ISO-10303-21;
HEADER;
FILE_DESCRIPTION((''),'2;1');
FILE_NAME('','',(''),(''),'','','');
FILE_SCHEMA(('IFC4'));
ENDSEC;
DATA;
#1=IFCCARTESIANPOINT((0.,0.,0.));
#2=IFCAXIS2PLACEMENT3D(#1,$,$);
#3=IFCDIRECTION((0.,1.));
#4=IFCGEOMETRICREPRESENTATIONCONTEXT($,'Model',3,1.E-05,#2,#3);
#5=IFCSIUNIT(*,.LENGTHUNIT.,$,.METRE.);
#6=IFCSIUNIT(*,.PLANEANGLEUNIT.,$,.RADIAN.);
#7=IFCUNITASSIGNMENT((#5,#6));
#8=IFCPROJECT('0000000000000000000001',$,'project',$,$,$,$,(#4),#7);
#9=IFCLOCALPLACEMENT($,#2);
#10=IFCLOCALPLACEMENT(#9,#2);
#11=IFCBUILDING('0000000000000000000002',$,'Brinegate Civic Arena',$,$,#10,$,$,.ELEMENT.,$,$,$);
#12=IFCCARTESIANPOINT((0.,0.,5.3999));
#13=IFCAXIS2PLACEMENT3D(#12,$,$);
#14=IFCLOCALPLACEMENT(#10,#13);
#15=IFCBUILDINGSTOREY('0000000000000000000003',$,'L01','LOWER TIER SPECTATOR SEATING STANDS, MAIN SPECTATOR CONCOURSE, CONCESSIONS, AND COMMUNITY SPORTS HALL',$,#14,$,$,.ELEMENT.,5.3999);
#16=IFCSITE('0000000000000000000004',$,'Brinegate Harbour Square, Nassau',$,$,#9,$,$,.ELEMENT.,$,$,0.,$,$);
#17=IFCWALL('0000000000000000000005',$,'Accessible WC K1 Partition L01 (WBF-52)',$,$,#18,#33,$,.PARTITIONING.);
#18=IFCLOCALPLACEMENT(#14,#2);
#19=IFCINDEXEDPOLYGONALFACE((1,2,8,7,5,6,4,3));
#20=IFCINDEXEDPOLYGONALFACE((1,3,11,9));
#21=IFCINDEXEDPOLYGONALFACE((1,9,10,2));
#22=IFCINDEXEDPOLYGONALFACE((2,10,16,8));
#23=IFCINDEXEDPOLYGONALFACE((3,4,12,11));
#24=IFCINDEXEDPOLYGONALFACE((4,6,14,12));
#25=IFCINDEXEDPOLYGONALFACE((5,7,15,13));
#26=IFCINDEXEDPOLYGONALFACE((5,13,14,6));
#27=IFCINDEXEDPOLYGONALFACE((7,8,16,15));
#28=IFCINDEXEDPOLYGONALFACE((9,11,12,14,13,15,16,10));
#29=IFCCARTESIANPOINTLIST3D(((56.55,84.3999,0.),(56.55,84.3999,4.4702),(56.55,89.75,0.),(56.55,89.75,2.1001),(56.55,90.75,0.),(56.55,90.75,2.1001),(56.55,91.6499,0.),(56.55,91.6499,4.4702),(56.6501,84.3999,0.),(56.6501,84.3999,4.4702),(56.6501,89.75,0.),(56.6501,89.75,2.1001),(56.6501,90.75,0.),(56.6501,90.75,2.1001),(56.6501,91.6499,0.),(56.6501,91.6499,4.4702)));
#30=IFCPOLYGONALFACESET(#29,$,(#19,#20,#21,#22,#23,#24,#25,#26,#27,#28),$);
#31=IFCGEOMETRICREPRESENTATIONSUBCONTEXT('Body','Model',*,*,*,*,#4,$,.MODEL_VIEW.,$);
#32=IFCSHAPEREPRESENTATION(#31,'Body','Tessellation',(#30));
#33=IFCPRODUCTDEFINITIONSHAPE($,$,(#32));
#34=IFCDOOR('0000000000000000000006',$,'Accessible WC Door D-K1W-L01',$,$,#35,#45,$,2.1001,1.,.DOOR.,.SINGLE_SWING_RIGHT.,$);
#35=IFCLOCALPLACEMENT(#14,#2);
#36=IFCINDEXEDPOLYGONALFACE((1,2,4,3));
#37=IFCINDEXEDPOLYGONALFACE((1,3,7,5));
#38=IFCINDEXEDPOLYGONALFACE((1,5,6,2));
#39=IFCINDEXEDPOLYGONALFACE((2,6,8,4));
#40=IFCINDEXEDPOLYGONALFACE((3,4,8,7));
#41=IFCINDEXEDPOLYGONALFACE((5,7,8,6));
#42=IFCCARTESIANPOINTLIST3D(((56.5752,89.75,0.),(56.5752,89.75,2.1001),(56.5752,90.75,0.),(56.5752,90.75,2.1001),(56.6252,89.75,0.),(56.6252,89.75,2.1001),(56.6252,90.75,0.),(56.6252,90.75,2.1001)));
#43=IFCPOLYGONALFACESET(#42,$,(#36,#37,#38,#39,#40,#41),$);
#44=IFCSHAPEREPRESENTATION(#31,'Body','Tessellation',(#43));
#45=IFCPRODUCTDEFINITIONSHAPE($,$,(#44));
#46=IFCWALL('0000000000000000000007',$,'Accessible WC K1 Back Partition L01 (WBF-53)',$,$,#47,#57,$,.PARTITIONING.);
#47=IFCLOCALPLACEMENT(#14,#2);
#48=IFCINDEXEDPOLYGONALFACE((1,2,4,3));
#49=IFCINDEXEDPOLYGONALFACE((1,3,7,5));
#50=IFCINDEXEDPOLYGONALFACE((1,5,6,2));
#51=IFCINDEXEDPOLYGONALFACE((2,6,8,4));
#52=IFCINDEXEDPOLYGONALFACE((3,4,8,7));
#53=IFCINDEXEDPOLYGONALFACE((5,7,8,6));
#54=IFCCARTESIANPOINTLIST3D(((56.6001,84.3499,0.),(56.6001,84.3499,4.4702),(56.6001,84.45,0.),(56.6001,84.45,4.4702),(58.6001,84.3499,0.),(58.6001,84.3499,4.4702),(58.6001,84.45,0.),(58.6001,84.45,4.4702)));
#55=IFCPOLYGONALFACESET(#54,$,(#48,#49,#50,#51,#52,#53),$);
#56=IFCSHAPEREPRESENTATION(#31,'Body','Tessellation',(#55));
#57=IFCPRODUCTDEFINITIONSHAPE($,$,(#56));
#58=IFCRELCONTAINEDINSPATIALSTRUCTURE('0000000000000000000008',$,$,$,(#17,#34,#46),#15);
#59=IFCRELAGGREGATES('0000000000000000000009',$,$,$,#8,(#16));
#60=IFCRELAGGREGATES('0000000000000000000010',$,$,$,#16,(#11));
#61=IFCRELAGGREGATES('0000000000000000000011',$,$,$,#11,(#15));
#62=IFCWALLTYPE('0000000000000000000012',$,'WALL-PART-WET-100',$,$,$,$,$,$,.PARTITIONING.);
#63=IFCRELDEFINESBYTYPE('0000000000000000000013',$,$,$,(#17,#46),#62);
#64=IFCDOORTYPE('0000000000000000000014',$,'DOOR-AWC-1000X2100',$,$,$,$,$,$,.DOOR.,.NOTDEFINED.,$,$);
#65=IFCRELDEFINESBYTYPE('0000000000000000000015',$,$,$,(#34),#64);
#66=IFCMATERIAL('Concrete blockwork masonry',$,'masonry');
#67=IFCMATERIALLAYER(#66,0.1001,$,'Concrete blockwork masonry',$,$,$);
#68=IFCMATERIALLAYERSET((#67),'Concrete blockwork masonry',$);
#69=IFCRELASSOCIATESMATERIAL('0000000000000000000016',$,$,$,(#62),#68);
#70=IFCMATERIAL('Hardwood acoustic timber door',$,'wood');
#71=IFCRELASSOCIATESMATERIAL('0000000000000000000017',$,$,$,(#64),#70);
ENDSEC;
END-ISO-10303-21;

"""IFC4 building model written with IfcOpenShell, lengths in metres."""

from ifc_helpers import new_model, si_unit, direction, frame, frame_2d, origin, place, context, subcontext, project, spatial, rectangle, extrude, material, layer, layer_set, type_object, element, fill, save


model = new_model("IFC4")

# Units and contexts
model_context = context("Model", 3, precision=1e-05, world=origin(), true_north=direction((0.0, 1.0)))
body_context = subcontext(model_context, "Body", "Model", "MODEL_VIEW")
ifc_project = project(units=[si_unit("LENGTHUNIT", "METRE"), si_unit("PLANEANGLEUNIT", "RADIAN")], contexts=[model_context])

# Site, building, storey
site_placement = place(None, origin())
site = spatial("IfcSite", under=ifc_project, at=site_placement, Name="Brinegate Harbour Square, Nassau", CompositionType="ELEMENT", RefElevation=0.0)
building_placement = place(site_placement, origin())
building = spatial("IfcBuilding", under=site, at=building_placement, Name="Brinegate Civic Arena", CompositionType="ELEMENT")
storey_placement = place(building_placement, frame((0.0, 0.0, 5.3999)))
storey = spatial("IfcBuildingStorey", under=building, at=storey_placement, Name="L01", Description="LOWER TIER SPECTATOR SEATING STANDS, MAIN SPECTATOR CONCOURSE, CONCESSIONS, AND COMMUNITY SPORTS HALL", CompositionType="ELEMENT", Elevation=5.3999)

# Wall, opening, door
ifc_material_1 = material(Name="Concrete blockwork masonry", Category="masonry")
ifc_layer_1 = layer(ifc_material_1, 0.1001, Name="Concrete blockwork masonry")
ifc_layer_set_1 = layer_set([ifc_layer_1], Name="Concrete blockwork masonry")
wall_type_1 = type_object("IfcWallType", Name="WALL-PART-WET-100", PredefinedType="PARTITIONING", material=ifc_layer_set_1)
wall_1_placement = place(storey_placement, frame((56.6001, 84.3999, 0.0), z_axis=(0.0, 0.0, 1.0), x_axis=(0.0, 1.0, 0.0)))
wall_1 = element("IfcWall", 1, at=wall_1_placement, inside=storey, type_object=wall_type_1, Name="Accessible WC K1 Partition L01 (WBF-52)", PredefinedType="PARTITIONING", context=body_context, shape_type="SweptSolid", body=[
    extrude(rectangle(XDim=7.25, YDim=0.1001, at=frame_2d((3.625, 0.0))), origin(), (0.0, 0.0, 1.0), 4.4702),
])
opening_1_placement = place(wall_1_placement, frame((5.3501, 0.0, 0.0)))
opening_1 = element("IfcOpeningElement", 2, at=opening_1_placement, cuts=wall_1, PredefinedType="OPENING", context=body_context, shape_type="SweptSolid", body=[
    extrude(rectangle(XDim=1.0, YDim=2.1001, at=frame_2d((0.5, 1.05))), frame((0.0, 0.0601, 0.0), z_axis=(0.0, -1.0, 0.0), x_axis=(1.0, 0.0, 0.0)), (0.0, 0.0, 1.0), 0.1201),
])
ifc_material_2 = material(Name="Hardwood acoustic timber door", Category="wood")
door_type_1 = type_object("IfcDoorType", Name="DOOR-AWC-1000X2100", OperationType="NOTDEFINED", PredefinedType="DOOR", material=ifc_material_2)
door_1_placement = place(opening_1_placement, origin())
door_1 = element("IfcDoor", 3, at=door_1_placement, inside=storey, type_object=door_type_1, Name="Accessible WC Door D-K1W-L01", OperationType="SINGLE_SWING_RIGHT", OverallHeight=2.1001, OverallWidth=1.0, PredefinedType="DOOR", context=body_context, shape_type="SweptSolid", body=[
    extrude(rectangle(XDim=1.0, YDim=2.1001, at=frame_2d((0.5, 1.05))), frame((0.0, 0.0249, 0.0), z_axis=(0.0, -1.0, 0.0), x_axis=(1.0, 0.0, 0.0)), (0.0, 0.0, 1.0), 0.05),
])
fill(opening_1, door_1)

# Wall
wall_2_placement = place(storey_placement, frame((56.6001, 84.3999, 0.0), z_axis=(0.0, 0.0, 1.0), x_axis=(1.0, 0.0, 0.0)))
element("IfcWall", 4, at=wall_2_placement, inside=storey, type_object=wall_type_1, Name="Accessible WC K1 Back Partition L01 (WBF-53)", PredefinedType="PARTITIONING", context=body_context, shape_type="SweptSolid", body=[
    extrude(rectangle(XDim=2.0, YDim=0.1001, at=frame_2d((1.0, 0.0))), origin(), (0.0, 0.0, 1.0), 4.4702),
])

save(model, "model.ifc")
